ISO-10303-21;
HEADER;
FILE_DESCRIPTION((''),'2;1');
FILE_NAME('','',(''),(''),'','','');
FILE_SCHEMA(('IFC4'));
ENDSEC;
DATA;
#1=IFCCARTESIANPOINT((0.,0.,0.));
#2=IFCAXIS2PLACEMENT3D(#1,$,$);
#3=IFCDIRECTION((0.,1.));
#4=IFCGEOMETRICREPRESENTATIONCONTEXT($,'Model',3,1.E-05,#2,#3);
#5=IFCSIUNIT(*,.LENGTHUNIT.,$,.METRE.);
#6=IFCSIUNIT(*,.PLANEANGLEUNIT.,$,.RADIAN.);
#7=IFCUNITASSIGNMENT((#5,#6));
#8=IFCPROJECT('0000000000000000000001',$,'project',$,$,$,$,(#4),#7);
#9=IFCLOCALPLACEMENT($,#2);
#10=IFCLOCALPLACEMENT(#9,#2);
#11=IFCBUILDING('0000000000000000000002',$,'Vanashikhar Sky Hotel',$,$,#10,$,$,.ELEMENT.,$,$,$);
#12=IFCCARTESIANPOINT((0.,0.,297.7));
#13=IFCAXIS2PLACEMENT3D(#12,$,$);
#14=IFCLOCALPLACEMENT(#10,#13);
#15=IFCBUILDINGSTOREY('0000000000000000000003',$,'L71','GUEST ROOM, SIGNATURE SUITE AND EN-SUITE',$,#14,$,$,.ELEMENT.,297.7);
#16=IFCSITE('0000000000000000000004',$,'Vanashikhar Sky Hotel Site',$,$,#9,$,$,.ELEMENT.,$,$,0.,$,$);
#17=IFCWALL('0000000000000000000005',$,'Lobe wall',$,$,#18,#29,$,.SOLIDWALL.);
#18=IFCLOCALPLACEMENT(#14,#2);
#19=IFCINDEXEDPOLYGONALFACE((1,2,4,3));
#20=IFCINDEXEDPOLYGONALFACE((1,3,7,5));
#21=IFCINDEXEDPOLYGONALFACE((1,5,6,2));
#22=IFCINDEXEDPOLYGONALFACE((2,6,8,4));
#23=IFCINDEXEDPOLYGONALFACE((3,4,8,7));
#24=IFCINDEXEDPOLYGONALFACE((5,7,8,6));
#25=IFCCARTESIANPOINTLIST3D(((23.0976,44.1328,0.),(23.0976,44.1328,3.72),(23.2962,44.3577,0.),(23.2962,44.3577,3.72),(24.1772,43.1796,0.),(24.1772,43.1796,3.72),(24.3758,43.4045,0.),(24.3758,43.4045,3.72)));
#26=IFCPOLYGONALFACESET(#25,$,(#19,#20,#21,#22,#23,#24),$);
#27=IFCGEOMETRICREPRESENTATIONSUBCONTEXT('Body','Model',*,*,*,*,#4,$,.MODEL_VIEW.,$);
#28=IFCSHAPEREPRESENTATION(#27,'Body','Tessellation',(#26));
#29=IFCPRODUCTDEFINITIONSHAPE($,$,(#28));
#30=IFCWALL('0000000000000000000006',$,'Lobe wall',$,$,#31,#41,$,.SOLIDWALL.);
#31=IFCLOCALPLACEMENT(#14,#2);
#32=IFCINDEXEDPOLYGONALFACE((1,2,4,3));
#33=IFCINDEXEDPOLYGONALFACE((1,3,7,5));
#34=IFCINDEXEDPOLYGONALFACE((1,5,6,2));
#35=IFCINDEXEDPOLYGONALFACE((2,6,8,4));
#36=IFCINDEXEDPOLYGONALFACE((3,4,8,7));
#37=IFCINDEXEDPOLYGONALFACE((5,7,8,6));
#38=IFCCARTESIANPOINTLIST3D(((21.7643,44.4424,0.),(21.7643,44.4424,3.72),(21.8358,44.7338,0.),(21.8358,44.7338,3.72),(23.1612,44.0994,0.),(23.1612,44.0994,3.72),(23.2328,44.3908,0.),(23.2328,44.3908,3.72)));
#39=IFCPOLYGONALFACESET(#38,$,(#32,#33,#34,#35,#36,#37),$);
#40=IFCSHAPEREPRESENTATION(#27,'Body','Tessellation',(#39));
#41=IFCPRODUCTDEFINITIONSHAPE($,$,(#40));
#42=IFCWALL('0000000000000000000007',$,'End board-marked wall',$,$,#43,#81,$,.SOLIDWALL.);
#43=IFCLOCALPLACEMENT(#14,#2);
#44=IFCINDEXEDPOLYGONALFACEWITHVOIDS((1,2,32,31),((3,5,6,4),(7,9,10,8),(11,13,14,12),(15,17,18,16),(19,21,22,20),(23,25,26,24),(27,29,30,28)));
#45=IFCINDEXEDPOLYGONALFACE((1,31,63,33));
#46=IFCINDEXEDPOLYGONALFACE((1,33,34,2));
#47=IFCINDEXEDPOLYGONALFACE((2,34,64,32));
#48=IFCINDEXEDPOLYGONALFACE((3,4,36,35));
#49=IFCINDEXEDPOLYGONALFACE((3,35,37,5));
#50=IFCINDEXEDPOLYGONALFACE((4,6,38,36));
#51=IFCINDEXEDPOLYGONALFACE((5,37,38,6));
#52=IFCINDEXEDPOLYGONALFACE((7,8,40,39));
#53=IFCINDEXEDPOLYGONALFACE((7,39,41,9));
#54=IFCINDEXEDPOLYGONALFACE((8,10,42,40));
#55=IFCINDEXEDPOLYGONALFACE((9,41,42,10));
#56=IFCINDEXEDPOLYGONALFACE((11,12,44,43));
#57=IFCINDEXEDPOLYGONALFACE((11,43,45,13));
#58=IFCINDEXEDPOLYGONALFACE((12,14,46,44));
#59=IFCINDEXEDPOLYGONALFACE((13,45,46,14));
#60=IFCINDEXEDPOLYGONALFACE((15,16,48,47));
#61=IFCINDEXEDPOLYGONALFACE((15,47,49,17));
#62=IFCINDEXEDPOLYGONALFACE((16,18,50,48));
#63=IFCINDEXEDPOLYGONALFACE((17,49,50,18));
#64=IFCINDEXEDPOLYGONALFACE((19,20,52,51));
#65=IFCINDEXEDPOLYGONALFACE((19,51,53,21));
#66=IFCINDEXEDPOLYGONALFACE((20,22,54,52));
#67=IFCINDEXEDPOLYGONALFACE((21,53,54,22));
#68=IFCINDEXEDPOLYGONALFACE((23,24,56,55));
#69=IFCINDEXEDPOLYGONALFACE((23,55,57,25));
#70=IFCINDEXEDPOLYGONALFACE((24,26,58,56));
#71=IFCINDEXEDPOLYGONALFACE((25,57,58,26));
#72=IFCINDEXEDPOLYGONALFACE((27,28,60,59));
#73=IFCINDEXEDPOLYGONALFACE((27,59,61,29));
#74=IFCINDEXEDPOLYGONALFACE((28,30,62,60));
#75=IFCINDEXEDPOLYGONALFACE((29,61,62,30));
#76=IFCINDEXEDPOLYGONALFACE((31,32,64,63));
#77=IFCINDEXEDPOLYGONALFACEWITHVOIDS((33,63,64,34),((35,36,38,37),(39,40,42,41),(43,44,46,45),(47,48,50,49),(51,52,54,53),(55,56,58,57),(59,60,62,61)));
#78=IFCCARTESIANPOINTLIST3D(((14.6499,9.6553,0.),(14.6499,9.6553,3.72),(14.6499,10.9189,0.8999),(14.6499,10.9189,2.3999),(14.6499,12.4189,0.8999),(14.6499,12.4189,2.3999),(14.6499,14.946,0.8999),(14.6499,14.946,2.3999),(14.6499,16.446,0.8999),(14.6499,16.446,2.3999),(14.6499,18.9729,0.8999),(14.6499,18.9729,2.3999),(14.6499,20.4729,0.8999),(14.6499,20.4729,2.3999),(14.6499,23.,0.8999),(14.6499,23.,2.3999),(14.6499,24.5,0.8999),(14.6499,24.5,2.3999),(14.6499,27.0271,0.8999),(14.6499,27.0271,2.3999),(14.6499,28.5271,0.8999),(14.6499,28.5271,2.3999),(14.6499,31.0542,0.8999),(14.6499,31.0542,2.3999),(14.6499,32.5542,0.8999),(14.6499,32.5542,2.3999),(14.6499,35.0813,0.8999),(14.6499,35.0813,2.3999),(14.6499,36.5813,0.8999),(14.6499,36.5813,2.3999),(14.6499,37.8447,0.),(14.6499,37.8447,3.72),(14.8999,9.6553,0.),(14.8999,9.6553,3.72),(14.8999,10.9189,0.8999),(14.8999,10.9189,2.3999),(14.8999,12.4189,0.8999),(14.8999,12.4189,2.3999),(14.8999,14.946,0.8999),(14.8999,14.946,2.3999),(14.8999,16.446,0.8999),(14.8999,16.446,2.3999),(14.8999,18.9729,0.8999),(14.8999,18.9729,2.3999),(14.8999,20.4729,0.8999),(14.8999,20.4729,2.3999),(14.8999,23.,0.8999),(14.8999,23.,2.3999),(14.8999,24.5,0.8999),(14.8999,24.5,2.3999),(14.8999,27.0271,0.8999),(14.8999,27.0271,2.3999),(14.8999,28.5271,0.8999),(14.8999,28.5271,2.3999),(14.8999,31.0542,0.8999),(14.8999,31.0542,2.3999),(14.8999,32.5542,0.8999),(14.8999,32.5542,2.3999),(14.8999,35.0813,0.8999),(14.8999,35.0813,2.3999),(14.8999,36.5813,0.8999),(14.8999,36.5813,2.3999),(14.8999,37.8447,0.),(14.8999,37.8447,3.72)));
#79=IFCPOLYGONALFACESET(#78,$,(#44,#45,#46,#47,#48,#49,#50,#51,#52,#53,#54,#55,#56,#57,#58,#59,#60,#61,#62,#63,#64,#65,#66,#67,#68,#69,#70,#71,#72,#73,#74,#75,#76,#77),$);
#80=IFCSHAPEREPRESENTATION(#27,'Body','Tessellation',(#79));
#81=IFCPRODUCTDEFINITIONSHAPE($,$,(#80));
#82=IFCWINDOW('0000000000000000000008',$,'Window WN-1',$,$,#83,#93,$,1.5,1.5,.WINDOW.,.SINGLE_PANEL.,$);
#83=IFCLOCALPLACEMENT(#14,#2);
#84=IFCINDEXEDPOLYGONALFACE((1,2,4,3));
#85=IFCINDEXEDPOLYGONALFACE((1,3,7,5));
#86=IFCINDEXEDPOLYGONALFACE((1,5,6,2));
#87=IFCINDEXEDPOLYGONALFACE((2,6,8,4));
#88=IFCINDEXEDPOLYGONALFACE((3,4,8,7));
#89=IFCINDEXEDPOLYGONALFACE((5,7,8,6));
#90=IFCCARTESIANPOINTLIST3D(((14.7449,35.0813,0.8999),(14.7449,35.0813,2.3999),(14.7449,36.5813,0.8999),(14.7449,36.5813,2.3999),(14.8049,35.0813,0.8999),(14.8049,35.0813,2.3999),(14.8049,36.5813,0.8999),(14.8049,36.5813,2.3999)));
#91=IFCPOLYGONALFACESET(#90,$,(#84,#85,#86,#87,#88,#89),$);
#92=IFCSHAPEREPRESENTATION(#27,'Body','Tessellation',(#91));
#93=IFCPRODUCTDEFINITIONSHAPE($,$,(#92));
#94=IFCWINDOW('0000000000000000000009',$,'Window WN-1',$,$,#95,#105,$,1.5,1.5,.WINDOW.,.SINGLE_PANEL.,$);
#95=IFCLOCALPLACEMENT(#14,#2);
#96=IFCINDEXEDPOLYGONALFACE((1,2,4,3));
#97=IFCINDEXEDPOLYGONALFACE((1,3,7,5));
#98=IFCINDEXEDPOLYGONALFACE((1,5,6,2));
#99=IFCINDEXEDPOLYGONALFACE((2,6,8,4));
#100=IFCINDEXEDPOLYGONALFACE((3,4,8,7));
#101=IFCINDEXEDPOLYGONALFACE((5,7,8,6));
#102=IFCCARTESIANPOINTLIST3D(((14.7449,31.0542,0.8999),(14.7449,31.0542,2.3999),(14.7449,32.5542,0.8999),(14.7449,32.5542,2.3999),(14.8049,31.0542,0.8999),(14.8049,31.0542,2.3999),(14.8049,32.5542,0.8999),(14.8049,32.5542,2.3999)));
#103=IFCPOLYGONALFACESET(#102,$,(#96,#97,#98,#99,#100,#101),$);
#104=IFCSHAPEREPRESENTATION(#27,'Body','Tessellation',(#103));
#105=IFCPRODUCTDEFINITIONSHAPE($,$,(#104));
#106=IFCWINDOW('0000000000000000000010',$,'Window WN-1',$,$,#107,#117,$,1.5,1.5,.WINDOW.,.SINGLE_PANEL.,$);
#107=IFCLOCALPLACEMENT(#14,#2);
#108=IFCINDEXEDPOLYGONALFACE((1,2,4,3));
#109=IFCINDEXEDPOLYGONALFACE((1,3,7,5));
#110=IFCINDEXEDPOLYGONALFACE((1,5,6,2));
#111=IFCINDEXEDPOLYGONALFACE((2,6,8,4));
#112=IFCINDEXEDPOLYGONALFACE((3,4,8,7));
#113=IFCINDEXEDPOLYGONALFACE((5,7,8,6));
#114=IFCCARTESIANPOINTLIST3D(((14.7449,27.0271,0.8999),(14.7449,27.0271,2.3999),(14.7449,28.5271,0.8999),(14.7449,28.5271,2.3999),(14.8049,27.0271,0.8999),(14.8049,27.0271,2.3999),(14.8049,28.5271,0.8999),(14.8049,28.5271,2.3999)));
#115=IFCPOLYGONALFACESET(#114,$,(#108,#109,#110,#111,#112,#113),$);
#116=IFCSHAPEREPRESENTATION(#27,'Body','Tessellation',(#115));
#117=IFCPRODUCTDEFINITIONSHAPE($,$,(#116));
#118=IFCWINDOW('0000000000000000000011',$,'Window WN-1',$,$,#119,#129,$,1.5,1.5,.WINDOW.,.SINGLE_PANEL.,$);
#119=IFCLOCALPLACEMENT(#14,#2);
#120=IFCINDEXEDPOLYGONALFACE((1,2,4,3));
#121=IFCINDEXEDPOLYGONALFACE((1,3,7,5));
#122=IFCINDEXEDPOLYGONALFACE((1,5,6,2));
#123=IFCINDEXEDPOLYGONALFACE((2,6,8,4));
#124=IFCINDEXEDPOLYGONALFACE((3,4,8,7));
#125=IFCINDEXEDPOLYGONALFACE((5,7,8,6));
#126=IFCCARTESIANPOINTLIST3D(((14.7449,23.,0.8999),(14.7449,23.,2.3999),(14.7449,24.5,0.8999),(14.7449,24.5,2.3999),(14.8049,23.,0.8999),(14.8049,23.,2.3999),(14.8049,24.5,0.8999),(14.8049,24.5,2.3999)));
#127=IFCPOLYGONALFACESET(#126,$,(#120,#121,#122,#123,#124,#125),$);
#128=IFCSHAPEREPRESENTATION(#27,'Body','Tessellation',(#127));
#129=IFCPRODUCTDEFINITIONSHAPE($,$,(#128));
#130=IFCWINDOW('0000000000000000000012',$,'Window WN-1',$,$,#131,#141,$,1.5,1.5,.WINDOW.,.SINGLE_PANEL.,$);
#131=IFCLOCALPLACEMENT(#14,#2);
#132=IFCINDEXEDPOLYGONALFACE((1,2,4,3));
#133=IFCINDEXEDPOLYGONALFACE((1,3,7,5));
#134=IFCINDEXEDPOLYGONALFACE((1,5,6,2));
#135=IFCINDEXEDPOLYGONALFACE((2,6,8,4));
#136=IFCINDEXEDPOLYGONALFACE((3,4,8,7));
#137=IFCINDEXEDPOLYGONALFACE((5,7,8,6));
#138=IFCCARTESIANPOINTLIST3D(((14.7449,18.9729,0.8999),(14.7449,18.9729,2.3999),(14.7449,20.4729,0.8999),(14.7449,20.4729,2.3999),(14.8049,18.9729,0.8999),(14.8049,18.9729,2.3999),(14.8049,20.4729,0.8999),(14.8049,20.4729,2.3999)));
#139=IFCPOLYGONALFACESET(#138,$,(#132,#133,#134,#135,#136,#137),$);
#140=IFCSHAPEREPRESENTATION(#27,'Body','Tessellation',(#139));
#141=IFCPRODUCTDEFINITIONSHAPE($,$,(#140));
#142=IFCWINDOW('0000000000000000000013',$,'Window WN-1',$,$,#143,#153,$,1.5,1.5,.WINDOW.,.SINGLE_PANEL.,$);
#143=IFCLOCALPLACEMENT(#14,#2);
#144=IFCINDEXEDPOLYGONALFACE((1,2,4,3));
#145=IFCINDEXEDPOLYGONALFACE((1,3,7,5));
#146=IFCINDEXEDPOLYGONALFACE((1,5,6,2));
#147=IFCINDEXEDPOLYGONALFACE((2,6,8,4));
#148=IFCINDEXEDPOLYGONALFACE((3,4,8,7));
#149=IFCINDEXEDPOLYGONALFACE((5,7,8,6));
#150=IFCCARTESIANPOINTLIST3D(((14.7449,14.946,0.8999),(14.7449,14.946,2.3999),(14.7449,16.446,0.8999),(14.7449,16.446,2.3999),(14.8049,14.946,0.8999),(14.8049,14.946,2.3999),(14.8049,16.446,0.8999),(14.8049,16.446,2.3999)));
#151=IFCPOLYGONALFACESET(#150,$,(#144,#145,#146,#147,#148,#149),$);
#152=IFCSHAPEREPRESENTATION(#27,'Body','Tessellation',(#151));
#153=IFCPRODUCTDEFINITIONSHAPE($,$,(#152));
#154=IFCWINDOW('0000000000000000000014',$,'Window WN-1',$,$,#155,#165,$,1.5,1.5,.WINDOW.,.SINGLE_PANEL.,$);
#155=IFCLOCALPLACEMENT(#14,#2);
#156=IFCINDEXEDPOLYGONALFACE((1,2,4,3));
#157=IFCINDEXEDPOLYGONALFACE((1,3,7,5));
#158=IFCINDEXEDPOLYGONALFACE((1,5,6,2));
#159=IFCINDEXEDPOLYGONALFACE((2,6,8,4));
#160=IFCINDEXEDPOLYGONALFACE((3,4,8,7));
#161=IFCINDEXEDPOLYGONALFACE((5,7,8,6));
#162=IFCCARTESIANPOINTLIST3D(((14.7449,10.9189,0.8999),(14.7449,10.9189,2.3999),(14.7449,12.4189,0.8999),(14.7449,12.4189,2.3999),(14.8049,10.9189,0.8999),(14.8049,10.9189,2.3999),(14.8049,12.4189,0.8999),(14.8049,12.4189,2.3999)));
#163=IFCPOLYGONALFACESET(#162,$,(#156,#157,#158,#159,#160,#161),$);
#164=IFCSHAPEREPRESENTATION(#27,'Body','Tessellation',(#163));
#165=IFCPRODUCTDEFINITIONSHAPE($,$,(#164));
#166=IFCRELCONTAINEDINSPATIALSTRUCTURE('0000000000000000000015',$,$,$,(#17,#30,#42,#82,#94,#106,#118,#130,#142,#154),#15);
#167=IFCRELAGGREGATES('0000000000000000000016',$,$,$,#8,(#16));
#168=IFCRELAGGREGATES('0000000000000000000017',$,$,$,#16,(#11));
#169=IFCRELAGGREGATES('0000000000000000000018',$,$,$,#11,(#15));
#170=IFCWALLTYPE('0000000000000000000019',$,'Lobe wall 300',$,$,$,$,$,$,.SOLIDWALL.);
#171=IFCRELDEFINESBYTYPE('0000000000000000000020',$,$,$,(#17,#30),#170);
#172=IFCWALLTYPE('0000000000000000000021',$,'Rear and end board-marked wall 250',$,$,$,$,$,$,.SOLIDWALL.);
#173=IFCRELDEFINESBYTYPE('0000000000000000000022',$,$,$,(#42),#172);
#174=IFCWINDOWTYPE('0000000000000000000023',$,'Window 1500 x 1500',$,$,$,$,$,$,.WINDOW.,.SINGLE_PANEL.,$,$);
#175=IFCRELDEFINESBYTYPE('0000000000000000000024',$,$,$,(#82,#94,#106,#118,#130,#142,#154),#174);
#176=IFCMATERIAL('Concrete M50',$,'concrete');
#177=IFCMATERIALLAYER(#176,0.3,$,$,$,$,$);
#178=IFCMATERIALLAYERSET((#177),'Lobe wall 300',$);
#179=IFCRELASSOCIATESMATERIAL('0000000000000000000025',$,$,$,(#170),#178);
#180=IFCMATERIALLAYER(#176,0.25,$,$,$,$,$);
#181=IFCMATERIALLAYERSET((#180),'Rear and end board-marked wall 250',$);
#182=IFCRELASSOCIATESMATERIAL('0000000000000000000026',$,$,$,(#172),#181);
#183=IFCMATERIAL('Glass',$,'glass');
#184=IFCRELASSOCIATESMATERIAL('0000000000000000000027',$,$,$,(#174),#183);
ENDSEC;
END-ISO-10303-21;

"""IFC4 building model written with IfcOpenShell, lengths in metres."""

from ifc_helpers import new_model, si_unit, direction, frame, frame_2d, origin, place, context, subcontext, project, spatial, rectangle, extrude, source, transform, mapped, material, layer, layer_set, type_object, element, fill, save


model = new_model("IFC4")

# Units and contexts
model_context = context("Model", 3, precision=1e-05, world=origin(), true_north=direction((0.0, 1.0)))
body_context = subcontext(model_context, "Body", "Model", "MODEL_VIEW")
ifc_project = project(units=[si_unit("LENGTHUNIT", "METRE"), si_unit("PLANEANGLEUNIT", "RADIAN")], contexts=[model_context])

# Site, building, storey
site_placement = place(None, origin())
site = spatial("IfcSite", under=ifc_project, at=site_placement, Name="Vanashikhar Sky Hotel Site", CompositionType="ELEMENT", RefElevation=0.0)
building_placement = place(site_placement, origin())
building = spatial("IfcBuilding", under=site, at=building_placement, Name="Vanashikhar Sky Hotel", CompositionType="ELEMENT")
storey_placement = place(building_placement, frame((0.0, 0.0, 297.7)))
storey = spatial("IfcBuildingStorey", under=building, at=storey_placement, Name="L71", Description="GUEST ROOM, SIGNATURE SUITE AND EN-SUITE", CompositionType="ELEMENT", Elevation=297.7)

# Shared definitions
ifc_material_1 = material(Name="Concrete M50", Category="concrete")

# Shared definitions
ifc_layer_1 = layer(ifc_material_1, 0.3)
ifc_layer_set_1 = layer_set([ifc_layer_1], Name="Lobe wall 300")
wall_type_1 = type_object("IfcWallType", Name="Lobe wall 300", PredefinedType="SOLIDWALL", material=ifc_layer_set_1)
ifc_material_2 = material(Name="Glass", Category="glass")

# Walls
shared_shape_1 = source(origin(), body_context, "Body", "SweptSolid", [
    extrude(rectangle(XDim=1.4402, YDim=0.3, at=frame_2d((0.7202, 0.0))), origin(), (0.0, 0.0, 1.0), 3.72),
])
wall_1_placement = place(storey_placement, frame((24.2766, 43.292, 0.0), z_axis=(0.0, 0.0, 1.0), x_axis=(-0.74965, 0.661835, 0.0)))
element("IfcWall", 1, at=wall_1_placement, inside=storey, type_object=wall_type_1, Name="Lobe wall", PredefinedType="SOLIDWALL", context=body_context, shape_type="MappedRepresentation", body=[
    mapped(shared_shape_1, transform((0.0, 0.0, 0.0), scale=1.0)),
])
shared_shape_2 = source(origin(), body_context, "Body", "SweptSolid", [
    extrude(rectangle(XDim=1.4385, YDim=0.3, at=frame_2d((0.7192, 0.0))), origin(), (0.0, 0.0, 1.0), 3.72),
])
wall_2_placement = place(storey_placement, frame((23.197, 44.2451, 0.0), z_axis=(0.0, 0.0, 1.0), x_axis=(-0.971152, 0.23846, 0.0)))
element("IfcWall", 2, at=wall_2_placement, inside=storey, type_object=wall_type_1, Name="Lobe wall", PredefinedType="SOLIDWALL", context=body_context, shape_type="MappedRepresentation", body=[
    mapped(shared_shape_2, transform((0.0, 0.0, 0.0), scale=1.0)),
])

# Wall, openings, windows
ifc_layer_2 = layer(ifc_material_1, 0.25)
ifc_layer_set_2 = layer_set([ifc_layer_2], Name="Rear and end board-marked wall 250")
wall_type_2 = type_object("IfcWallType", Name="Rear and end board-marked wall 250", PredefinedType="SOLIDWALL", material=ifc_layer_set_2)
shared_shape_3 = source(origin(), body_context, "Body", "SweptSolid", [
    extrude(rectangle(XDim=28.1895, YDim=0.25, at=frame_2d((14.0947, 0.0))), origin(), (0.0, 0.0, 1.0), 3.72),
])
wall_3_placement = place(storey_placement, frame((14.7749, 37.8447, 0.0), z_axis=(0.0, 0.0, 1.0), x_axis=(0.0, -1.0, 0.0)))
wall_3 = element("IfcWall", 3, at=wall_3_placement, inside=storey, type_object=wall_type_2, Name="End board-marked wall", PredefinedType="SOLIDWALL", context=body_context, shape_type="MappedRepresentation", body=[
    mapped(shared_shape_3, transform((0.0, 0.0, 0.0), scale=1.0)),
])
shared_shape_4 = source(origin(), body_context, "Body", "SweptSolid", [
    extrude(rectangle(XDim=1.5, YDim=1.5, at=frame_2d((0.75, 0.75))), frame((0.0, 0.135, 0.0), z_axis=(0.0, -1.0, 0.0), x_axis=(1.0, 0.0, 0.0)), (0.0, 0.0, 1.0), 0.27),
])
opening_1_placement = place(wall_3_placement, frame((1.2634, 0.0, 0.8999)))
opening_1 = element("IfcOpeningElement", 4, at=opening_1_placement, cuts=wall_3, PredefinedType="OPENING", context=body_context, shape_type="MappedRepresentation", body=[
    mapped(shared_shape_4, transform((0.0, 0.0, 0.0), scale=1.0)),
])
opening_2_placement = place(wall_3_placement, frame((5.2905, 0.0, 0.8999)))
opening_2 = element("IfcOpeningElement", 5, at=opening_2_placement, cuts=wall_3, PredefinedType="OPENING", context=body_context, shape_type="MappedRepresentation", body=[
    mapped(shared_shape_4, transform((0.0, 0.0, 0.0), scale=1.0)),
])
opening_3_placement = place(wall_3_placement, frame((9.3176, 0.0, 0.8999)))
opening_3 = element("IfcOpeningElement", 6, at=opening_3_placement, cuts=wall_3, PredefinedType="OPENING", context=body_context, shape_type="MappedRepresentation", body=[
    mapped(shared_shape_4, transform((0.0, 0.0, 0.0), scale=1.0)),
])
opening_4_placement = place(wall_3_placement, frame((13.3447, 0.0, 0.8999)))
opening_4 = element("IfcOpeningElement", 7, at=opening_4_placement, cuts=wall_3, PredefinedType="OPENING", context=body_context, shape_type="MappedRepresentation", body=[
    mapped(shared_shape_4, transform((0.0, 0.0, 0.0), scale=1.0)),
])
opening_5_placement = place(wall_3_placement, frame((17.3718, 0.0, 0.8999)))
opening_5 = element("IfcOpeningElement", 8, at=opening_5_placement, cuts=wall_3, PredefinedType="OPENING", context=body_context, shape_type="MappedRepresentation", body=[
    mapped(shared_shape_4, transform((0.0, 0.0, 0.0), scale=1.0)),
])
opening_6_placement = place(wall_3_placement, frame((21.3987, 0.0, 0.8999)))
opening_6 = element("IfcOpeningElement", 9, at=opening_6_placement, cuts=wall_3, PredefinedType="OPENING", context=body_context, shape_type="MappedRepresentation", body=[
    mapped(shared_shape_4, transform((0.0, 0.0, 0.0), scale=1.0)),
])
opening_7_placement = place(wall_3_placement, frame((25.4258, 0.0, 0.8999)))
opening_7 = element("IfcOpeningElement", 10, at=opening_7_placement, cuts=wall_3, PredefinedType="OPENING", context=body_context, shape_type="MappedRepresentation", body=[
    mapped(shared_shape_4, transform((0.0, 0.0, 0.0), scale=1.0)),
])
window_type_1 = type_object("IfcWindowType", Name="Window 1500 x 1500", PartitioningType="SINGLE_PANEL", PredefinedType="WINDOW", material=ifc_material_2)
shared_shape_5 = source(origin(), body_context, "Body", "SweptSolid", [
    extrude(rectangle(XDim=1.5, YDim=1.5, at=frame_2d((0.75, 0.75))), frame((0.0, 0.03, 0.0), z_axis=(0.0, -1.0, 0.0), x_axis=(1.0, 0.0, 0.0)), (0.0, 0.0, 1.0), 0.0601),
])
window_1_placement = place(opening_1_placement, origin())
window_1 = element("IfcWindow", 11, at=window_1_placement, inside=storey, type_object=window_type_1, Name="Window WN-1", OverallHeight=1.5, OverallWidth=1.5, PartitioningType="SINGLE_PANEL", PredefinedType="WINDOW", context=body_context, shape_type="MappedRepresentation", body=[
    mapped(shared_shape_5, transform((0.0, 0.0, 0.0), scale=1.0)),
])
fill(opening_1, window_1)
window_2_placement = place(opening_2_placement, origin())
window_2 = element("IfcWindow", 12, at=window_2_placement, inside=storey, type_object=window_type_1, Name="Window WN-1", OverallHeight=1.5, OverallWidth=1.5, PartitioningType="SINGLE_PANEL", PredefinedType="WINDOW", context=body_context, shape_type="MappedRepresentation", body=[
    mapped(shared_shape_5, transform((0.0, 0.0, 0.0), scale=1.0)),
])
fill(opening_2, window_2)
window_3_placement = place(opening_3_placement, origin())
window_3 = element("IfcWindow", 13, at=window_3_placement, inside=storey, type_object=window_type_1, Name="Window WN-1", OverallHeight=1.5, OverallWidth=1.5, PartitioningType="SINGLE_PANEL", PredefinedType="WINDOW", context=body_context, shape_type="MappedRepresentation", body=[
    mapped(shared_shape_5, transform((0.0, 0.0, 0.0), scale=1.0)),
])
fill(opening_3, window_3)
window_4_placement = place(opening_4_placement, origin())
window_4 = element("IfcWindow", 14, at=window_4_placement, inside=storey, type_object=window_type_1, Name="Window WN-1", OverallHeight=1.5, OverallWidth=1.5, PartitioningType="SINGLE_PANEL", PredefinedType="WINDOW", context=body_context, shape_type="MappedRepresentation", body=[
    mapped(shared_shape_5, transform((0.0, 0.0, 0.0), scale=1.0)),
])
fill(opening_4, window_4)
window_5_placement = place(opening_5_placement, origin())
window_5 = element("IfcWindow", 15, at=window_5_placement, inside=storey, type_object=window_type_1, Name="Window WN-1", OverallHeight=1.5, OverallWidth=1.5, PartitioningType="SINGLE_PANEL", PredefinedType="WINDOW", context=body_context, shape_type="MappedRepresentation", body=[
    mapped(shared_shape_5, transform((0.0, 0.0, 0.0), scale=1.0)),
])
fill(opening_5, window_5)
window_6_placement = place(opening_6_placement, origin())
window_6 = element("IfcWindow", 16, at=window_6_placement, inside=storey, type_object=window_type_1, Name="Window WN-1", OverallHeight=1.5, OverallWidth=1.5, PartitioningType="SINGLE_PANEL", PredefinedType="WINDOW", context=body_context, shape_type="MappedRepresentation", body=[
    mapped(shared_shape_5, transform((0.0, 0.0, 0.0), scale=1.0)),
])
fill(opening_6, window_6)
window_7_placement = place(opening_7_placement, origin())
window_7 = element("IfcWindow", 17, at=window_7_placement, inside=storey, type_object=window_type_1, Name="Window WN-1", OverallHeight=1.5, OverallWidth=1.5, PartitioningType="SINGLE_PANEL", PredefinedType="WINDOW", context=body_context, shape_type="MappedRepresentation", body=[
    mapped(shared_shape_5, transform((0.0, 0.0, 0.0), scale=1.0)),
])
fill(opening_7, window_7)

save(model, "model.ifc")
